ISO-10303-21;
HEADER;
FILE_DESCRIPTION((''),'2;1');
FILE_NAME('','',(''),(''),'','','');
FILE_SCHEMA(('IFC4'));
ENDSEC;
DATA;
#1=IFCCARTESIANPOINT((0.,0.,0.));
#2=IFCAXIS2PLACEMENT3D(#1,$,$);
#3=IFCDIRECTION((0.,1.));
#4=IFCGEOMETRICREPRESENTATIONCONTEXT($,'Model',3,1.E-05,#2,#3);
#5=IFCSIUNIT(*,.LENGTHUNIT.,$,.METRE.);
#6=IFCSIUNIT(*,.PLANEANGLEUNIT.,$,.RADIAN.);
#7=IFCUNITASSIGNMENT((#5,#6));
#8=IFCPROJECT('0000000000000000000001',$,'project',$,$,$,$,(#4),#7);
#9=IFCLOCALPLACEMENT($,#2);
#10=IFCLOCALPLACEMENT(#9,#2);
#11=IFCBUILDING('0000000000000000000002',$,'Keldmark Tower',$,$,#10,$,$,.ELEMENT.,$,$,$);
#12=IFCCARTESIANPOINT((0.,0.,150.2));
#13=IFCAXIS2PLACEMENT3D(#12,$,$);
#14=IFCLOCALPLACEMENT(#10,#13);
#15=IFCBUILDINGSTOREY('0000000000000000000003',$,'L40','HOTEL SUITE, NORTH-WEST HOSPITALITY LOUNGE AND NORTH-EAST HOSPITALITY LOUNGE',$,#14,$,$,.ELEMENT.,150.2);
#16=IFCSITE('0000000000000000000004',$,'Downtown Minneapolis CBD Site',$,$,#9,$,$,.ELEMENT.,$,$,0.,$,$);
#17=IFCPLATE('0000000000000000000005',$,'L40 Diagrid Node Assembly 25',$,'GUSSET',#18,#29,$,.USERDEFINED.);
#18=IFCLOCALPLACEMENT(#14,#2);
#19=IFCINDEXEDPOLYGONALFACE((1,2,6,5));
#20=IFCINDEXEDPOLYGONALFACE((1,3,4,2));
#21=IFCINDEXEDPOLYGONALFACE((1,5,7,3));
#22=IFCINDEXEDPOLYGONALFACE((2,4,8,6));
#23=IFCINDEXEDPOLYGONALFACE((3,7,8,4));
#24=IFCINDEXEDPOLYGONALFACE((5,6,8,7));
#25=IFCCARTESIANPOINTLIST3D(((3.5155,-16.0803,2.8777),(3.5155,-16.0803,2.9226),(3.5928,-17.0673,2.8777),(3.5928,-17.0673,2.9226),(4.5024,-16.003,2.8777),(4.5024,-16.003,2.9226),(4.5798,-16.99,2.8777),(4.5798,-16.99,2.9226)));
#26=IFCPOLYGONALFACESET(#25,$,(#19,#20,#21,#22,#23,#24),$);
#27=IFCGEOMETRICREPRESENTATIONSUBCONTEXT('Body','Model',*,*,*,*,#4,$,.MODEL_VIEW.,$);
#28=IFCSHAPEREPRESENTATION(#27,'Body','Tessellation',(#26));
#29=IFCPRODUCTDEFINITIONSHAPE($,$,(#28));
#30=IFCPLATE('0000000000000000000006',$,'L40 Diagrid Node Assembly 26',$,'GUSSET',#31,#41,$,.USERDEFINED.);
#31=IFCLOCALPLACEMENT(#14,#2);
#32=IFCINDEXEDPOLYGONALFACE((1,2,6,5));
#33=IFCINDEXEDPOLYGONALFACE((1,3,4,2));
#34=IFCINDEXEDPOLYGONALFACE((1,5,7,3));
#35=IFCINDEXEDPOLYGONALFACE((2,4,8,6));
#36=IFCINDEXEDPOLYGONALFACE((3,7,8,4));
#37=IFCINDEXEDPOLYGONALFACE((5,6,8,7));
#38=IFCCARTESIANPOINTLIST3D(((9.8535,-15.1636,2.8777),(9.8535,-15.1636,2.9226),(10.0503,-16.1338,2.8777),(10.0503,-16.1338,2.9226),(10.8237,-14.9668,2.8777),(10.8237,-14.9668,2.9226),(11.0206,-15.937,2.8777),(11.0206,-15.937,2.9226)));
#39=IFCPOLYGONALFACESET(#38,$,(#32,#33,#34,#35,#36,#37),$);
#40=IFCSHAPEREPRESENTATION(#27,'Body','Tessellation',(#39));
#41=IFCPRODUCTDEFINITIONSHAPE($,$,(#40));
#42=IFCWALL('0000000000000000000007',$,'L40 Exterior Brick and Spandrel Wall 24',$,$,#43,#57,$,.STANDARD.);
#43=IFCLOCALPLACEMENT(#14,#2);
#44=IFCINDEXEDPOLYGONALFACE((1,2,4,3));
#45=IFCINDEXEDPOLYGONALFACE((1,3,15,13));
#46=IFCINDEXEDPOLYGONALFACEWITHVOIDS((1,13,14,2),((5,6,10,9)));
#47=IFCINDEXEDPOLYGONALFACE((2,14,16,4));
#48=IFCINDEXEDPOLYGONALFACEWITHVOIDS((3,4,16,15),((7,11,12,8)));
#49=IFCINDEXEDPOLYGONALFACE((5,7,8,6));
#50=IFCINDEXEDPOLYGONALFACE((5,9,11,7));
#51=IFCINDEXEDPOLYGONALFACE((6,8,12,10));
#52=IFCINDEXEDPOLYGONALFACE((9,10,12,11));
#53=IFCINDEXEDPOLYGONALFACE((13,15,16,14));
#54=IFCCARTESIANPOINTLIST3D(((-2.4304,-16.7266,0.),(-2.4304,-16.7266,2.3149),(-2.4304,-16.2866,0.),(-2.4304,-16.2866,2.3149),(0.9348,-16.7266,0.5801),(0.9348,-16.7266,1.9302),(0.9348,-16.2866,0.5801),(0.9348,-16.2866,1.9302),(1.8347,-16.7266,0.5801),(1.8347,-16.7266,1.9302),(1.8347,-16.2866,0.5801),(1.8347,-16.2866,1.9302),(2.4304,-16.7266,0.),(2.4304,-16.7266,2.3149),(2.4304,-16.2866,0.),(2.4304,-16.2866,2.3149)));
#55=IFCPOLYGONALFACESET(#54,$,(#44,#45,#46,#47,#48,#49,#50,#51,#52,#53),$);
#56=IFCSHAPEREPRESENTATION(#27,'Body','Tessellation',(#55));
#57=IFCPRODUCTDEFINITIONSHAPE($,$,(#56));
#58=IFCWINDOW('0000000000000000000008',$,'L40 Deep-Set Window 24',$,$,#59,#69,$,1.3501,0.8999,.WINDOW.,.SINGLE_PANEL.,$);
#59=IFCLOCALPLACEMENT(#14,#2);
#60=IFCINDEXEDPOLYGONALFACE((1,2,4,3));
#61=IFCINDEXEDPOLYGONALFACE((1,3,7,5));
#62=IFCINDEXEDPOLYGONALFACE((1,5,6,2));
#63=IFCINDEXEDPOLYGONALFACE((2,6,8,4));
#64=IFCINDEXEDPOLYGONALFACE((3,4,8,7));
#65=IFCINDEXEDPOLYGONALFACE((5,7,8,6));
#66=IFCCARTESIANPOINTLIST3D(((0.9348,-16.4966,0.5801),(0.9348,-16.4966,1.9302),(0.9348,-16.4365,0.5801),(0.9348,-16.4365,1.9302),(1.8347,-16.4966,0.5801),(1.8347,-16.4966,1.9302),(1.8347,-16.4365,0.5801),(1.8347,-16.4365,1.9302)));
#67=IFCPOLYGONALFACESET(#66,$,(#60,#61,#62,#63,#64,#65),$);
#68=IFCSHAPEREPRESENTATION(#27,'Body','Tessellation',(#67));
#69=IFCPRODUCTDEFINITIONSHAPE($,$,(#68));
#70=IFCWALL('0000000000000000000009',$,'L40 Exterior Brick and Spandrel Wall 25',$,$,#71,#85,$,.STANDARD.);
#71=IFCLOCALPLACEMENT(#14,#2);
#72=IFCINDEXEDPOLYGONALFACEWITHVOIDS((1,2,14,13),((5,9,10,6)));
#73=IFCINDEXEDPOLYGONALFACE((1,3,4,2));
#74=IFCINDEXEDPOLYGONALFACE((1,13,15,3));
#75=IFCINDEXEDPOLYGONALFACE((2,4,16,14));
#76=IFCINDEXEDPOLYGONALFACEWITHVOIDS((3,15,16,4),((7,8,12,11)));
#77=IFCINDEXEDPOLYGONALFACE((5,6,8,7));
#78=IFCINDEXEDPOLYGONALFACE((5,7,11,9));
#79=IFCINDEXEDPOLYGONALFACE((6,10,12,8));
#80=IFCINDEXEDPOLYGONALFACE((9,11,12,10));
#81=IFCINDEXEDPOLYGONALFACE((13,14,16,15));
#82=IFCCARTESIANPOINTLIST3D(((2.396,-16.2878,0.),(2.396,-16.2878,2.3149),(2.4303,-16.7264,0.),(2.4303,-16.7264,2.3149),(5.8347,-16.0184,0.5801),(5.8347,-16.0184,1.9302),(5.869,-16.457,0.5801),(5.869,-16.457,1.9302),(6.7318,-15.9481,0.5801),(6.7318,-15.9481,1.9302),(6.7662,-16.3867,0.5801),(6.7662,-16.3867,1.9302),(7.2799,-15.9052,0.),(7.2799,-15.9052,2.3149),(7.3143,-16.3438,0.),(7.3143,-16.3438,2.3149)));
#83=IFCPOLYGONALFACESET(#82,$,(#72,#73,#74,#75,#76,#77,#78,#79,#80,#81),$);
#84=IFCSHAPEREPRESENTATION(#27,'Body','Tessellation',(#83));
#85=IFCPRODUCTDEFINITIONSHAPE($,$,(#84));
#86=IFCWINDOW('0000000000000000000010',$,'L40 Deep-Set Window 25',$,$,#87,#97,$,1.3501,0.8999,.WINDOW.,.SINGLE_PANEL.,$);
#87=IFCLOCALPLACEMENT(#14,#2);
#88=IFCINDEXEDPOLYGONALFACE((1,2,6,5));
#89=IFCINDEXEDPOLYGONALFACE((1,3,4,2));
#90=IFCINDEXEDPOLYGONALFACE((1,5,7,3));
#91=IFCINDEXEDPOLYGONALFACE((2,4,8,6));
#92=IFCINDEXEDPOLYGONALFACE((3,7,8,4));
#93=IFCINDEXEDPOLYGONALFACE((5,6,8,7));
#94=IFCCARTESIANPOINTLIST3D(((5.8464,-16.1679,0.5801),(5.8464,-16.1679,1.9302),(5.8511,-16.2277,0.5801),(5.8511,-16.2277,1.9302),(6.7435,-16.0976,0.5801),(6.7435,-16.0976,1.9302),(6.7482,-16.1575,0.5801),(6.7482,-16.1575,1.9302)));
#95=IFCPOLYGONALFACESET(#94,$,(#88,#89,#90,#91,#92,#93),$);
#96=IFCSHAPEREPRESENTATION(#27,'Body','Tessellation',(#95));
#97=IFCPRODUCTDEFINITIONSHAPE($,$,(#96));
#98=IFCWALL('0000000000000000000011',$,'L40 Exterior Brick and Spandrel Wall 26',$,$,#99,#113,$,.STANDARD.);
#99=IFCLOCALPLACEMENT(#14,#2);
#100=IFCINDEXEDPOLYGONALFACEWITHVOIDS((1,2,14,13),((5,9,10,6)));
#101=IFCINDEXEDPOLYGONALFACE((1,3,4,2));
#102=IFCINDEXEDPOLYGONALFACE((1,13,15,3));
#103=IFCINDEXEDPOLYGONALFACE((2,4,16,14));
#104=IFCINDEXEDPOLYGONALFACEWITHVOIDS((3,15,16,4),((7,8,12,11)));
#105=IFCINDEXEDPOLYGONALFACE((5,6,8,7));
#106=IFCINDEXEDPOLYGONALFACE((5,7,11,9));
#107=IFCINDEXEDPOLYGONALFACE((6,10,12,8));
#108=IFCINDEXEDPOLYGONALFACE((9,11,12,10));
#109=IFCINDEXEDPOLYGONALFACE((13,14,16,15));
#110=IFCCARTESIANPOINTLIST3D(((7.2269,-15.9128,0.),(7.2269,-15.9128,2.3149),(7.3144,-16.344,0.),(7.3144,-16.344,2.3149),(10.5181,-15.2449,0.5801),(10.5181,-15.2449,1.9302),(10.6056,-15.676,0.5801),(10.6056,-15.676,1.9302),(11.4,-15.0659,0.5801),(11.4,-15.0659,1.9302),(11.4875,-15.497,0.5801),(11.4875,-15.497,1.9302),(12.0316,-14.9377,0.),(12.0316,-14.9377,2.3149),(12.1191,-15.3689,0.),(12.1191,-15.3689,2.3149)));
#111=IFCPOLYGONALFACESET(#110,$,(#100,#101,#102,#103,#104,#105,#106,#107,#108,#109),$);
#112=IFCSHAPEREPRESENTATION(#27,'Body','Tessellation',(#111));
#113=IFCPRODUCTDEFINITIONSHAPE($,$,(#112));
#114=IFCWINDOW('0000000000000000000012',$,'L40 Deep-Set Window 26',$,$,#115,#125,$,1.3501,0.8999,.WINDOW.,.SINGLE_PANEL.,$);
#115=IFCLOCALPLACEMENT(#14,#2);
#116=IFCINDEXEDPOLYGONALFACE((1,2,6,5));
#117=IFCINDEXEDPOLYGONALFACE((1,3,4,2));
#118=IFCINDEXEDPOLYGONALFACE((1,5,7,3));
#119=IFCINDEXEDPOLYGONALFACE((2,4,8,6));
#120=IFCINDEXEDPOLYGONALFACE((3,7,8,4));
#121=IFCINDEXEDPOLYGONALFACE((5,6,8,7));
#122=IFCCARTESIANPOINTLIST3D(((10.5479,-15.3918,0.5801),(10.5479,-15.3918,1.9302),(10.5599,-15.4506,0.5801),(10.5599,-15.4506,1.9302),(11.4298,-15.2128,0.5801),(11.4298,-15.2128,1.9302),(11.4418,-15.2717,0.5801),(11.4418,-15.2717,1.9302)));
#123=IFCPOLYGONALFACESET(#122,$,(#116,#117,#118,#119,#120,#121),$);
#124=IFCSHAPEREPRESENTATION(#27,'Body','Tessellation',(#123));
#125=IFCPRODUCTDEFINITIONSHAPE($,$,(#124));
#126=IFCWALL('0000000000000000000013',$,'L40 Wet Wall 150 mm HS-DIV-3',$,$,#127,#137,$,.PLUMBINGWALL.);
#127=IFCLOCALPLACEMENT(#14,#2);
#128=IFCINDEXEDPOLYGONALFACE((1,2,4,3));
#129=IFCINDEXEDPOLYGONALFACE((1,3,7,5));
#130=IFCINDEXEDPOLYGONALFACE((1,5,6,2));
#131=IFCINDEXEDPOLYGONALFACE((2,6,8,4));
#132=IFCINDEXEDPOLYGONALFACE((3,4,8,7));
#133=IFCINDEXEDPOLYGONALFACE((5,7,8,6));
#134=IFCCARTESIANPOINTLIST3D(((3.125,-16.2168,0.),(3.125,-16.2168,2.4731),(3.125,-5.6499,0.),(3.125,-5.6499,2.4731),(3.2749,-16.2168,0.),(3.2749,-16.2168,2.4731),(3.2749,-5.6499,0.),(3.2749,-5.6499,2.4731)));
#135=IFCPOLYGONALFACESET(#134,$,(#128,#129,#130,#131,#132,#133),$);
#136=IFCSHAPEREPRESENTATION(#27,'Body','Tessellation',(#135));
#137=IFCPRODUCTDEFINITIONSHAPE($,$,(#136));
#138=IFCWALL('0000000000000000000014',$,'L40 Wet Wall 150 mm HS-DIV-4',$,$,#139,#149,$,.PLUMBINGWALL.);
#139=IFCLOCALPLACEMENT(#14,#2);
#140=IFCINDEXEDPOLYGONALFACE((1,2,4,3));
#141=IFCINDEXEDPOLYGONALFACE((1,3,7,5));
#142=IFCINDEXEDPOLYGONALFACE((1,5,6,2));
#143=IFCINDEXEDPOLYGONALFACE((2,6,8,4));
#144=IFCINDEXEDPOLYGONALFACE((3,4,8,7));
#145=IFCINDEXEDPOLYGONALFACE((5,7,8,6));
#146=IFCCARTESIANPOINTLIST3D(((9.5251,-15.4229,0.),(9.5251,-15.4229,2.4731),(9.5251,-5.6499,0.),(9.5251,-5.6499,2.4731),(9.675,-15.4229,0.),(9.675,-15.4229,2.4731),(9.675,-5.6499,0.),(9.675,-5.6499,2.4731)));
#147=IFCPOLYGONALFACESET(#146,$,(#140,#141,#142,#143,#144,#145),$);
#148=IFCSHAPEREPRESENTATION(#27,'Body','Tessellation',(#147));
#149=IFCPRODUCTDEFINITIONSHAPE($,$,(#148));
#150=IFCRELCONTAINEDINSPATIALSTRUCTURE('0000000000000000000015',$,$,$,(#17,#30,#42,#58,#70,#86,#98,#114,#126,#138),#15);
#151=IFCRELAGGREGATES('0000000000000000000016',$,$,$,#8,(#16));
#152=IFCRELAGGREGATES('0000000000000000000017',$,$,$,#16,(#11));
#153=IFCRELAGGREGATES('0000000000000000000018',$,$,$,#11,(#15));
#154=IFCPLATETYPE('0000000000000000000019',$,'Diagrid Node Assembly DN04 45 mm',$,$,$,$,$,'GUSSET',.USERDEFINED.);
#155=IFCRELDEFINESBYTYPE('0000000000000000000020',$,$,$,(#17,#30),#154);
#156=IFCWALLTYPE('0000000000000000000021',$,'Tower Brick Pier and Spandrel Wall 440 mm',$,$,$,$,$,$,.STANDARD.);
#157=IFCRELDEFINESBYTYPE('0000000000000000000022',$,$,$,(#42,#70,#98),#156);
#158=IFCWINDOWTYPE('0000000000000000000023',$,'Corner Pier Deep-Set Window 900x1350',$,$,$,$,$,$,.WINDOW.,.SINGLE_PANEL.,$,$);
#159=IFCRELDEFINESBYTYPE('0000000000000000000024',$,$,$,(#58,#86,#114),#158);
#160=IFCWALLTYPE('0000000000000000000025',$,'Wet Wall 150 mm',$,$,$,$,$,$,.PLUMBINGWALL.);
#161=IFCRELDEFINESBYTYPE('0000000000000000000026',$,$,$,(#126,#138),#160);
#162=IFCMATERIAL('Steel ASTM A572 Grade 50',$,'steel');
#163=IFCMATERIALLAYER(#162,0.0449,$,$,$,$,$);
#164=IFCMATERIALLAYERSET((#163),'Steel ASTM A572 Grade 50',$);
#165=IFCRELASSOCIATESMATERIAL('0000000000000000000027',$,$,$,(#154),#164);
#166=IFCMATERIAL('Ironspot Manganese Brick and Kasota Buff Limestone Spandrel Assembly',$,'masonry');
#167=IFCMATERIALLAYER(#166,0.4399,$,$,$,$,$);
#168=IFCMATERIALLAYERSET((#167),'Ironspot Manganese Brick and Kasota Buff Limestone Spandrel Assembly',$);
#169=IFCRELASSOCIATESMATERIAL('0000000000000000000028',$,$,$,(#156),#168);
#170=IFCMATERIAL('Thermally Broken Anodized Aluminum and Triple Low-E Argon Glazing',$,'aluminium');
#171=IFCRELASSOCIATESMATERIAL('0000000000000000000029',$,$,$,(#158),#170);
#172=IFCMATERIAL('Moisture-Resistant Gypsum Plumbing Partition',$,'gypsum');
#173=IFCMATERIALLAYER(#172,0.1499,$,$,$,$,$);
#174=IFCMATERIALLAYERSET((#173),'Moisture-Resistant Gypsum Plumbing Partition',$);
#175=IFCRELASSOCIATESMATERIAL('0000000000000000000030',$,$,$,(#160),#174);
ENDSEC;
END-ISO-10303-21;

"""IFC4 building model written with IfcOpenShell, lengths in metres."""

from ifc_helpers import new_model, si_unit, direction, frame, frame_2d, origin, origin_2d, place, context, subcontext, project, spatial, rectangle, extrude, material, layer, layer_set, type_object, element, fill, save


model = new_model("IFC4")

# Units and contexts
model_context = context("Model", 3, precision=1e-05, world=origin(), true_north=direction((0.0, 1.0)))
body_context = subcontext(model_context, "Body", "Model", "MODEL_VIEW")
ifc_project = project(units=[si_unit("LENGTHUNIT", "METRE"), si_unit("PLANEANGLEUNIT", "RADIAN")], contexts=[model_context])

# Site, building, storey
site_placement = place(None, origin())
site = spatial("IfcSite", under=ifc_project, at=site_placement, Name="Downtown Minneapolis CBD Site", CompositionType="ELEMENT", RefElevation=0.0)
building_placement = place(site_placement, origin())
building = spatial("IfcBuilding", under=site, at=building_placement, Name="Keldmark Tower", CompositionType="ELEMENT")
storey_placement = place(building_placement, frame((0.0, 0.0, 150.2)))
storey = spatial("IfcBuildingStorey", under=building, at=storey_placement, Name="L40", Description="HOTEL SUITE, NORTH-WEST HOSPITALITY LOUNGE AND NORTH-EAST HOSPITALITY LOUNGE", CompositionType="ELEMENT", Elevation=150.2)

# Plates
ifc_material_1 = material(Name="Steel ASTM A572 Grade 50", Category="steel")
ifc_layer_1 = layer(ifc_material_1, 0.0449)
ifc_layer_set_1 = layer_set([ifc_layer_1], Name="Steel ASTM A572 Grade 50")
plate_type = type_object("IfcPlateType", Name="Diagrid Node Assembly DN04 45 mm", ElementType="GUSSET", PredefinedType="USERDEFINED", material=ifc_layer_set_1)
for number, where, z_axis, x_axis, name in (
    (1, (4.0476, -16.5352, 2.8777), (0.0, 0.0, 1.0), (0.996945, 0.078111, 0.0), "L40 Diagrid Node Assembly 25"),
    (2, (10.437, -15.5503, 2.8777), (0.0, 0.0, 1.0), (0.980029, 0.198855, 0.0), "L40 Diagrid Node Assembly 26"),
):
    element("IfcPlate", number, at=place(storey_placement, frame(where, z_axis=z_axis, x_axis=x_axis)), inside=storey, type_object=plate_type, Name=name, ObjectType="GUSSET", PredefinedType="USERDEFINED", context=body_context, shape_type="SweptSolid", body=[
        extrude(rectangle(XDim=0.99, YDim=0.99, at=origin_2d()), origin(), (0.0, 0.0, 1.0), 0.0449),
    ])

# Walls, openings, windows
ifc_material_2 = material(Name="Ironspot Manganese Brick and Kasota Buff Limestone Spandrel Assembly", Category="masonry")
ifc_layer_2 = layer(ifc_material_2, 0.4399)
ifc_layer_set_2 = layer_set([ifc_layer_2], Name="Ironspot Manganese Brick and Kasota Buff Limestone Spandrel Assembly")
wall_type_1 = type_object("IfcWallType", Name="Tower Brick Pier and Spandrel Wall 440 mm", PredefinedType="STANDARD", material=ifc_layer_set_2)
wall_1_placement = place(storey_placement, frame((2.4304, -16.5066, 0.0), z_axis=(0.0, 0.0, 1.0), x_axis=(-1.0, 0.0, 0.0)))
wall_1 = element("IfcWall", 3, at=wall_1_placement, inside=storey, type_object=wall_type_1, Name="L40 Exterior Brick and Spandrel Wall 24", PredefinedType="STANDARD", context=body_context, shape_type="SweptSolid", body=[
    extrude(rectangle(XDim=4.8608, YDim=0.4399, at=frame_2d((2.4304, 0.0))), origin(), (0.0, 0.0, 1.0), 2.3149),
])
opening_1_placement = place(wall_1_placement, frame((0.5957, 0.0, 0.5801)))
opening_1 = element("IfcOpeningElement", 4, at=opening_1_placement, cuts=wall_1, PredefinedType="OPENING", context=body_context, shape_type="SweptSolid", body=[
    extrude(rectangle(XDim=0.8999, YDim=1.3501, at=frame_2d((0.45, 0.675))), frame((0.0, 0.23, 0.0), z_axis=(0.0, -1.0, 0.0), x_axis=(1.0, 0.0, 0.0)), (0.0, 0.0, 1.0), 0.46),
])
ifc_material_3 = material(Name="Thermally Broken Anodized Aluminum and Triple Low-E Argon Glazing", Category="aluminium")
window_type = type_object("IfcWindowType", Name="Corner Pier Deep-Set Window 900x1350", PartitioningType="SINGLE_PANEL", PredefinedType="WINDOW", material=ifc_material_3)
window_1_placement = place(opening_1_placement, origin())
window_1 = element("IfcWindow", 5, at=window_1_placement, inside=storey, type_object=window_type, Name="L40 Deep-Set Window 24", OverallHeight=1.3501, OverallWidth=0.8999, PartitioningType="SINGLE_PANEL", PredefinedType="WINDOW", context=body_context, shape_type="SweptSolid", body=[
    extrude(rectangle(XDim=0.8999, YDim=1.3501, at=frame_2d((0.45, 0.675))), frame((0.0, -0.01, 0.0), z_axis=(0.0, -1.0, 0.0), x_axis=(1.0, 0.0, 0.0)), (0.0, 0.0, 1.0), 0.0601),
])
fill(opening_1, window_1)
wall_2_placement = place(storey_placement, frame((7.2971, -16.1245, 0.0), z_axis=(0.0, 0.0, 1.0), x_axis=(-0.996946, -0.078091, 0.0)))
wall_2 = element("IfcWall", 6, at=wall_2_placement, inside=storey, type_object=wall_type_1, Name="L40 Exterior Brick and Spandrel Wall 25", PredefinedType="STANDARD", context=body_context, shape_type="SweptSolid", body=[
    extrude(rectangle(XDim=4.8989, YDim=0.4399, at=frame_2d((2.4495, 0.0))), origin(), (0.0, 0.0, 1.0), 2.3149),
])
opening_2_placement = place(wall_2_placement, frame((0.5498, 0.0, 0.5801)))
opening_2 = element("IfcOpeningElement", 7, at=opening_2_placement, cuts=wall_2, PredefinedType="OPENING", context=body_context, shape_type="SweptSolid", body=[
    extrude(rectangle(XDim=0.8999, YDim=1.3501, at=frame_2d((0.45, 0.675))), frame((0.0, 0.23, 0.0), z_axis=(0.0, -1.0, 0.0), x_axis=(1.0, 0.0, 0.0)), (0.0, 0.0, 1.0), 0.46),
])
window_2_placement = place(opening_2_placement, origin())
window_2 = element("IfcWindow", 8, at=window_2_placement, inside=storey, type_object=window_type, Name="L40 Deep-Set Window 25", OverallHeight=1.3501, OverallWidth=0.8999, PartitioningType="SINGLE_PANEL", PredefinedType="WINDOW", context=body_context, shape_type="SweptSolid", body=[
    extrude(rectangle(XDim=0.8999, YDim=1.3501, at=frame_2d((0.45, 0.675))), frame((0.0, -0.01, 0.0), z_axis=(0.0, -1.0, 0.0), x_axis=(1.0, 0.0, 0.0)), (0.0, 0.0, 1.0), 0.0601),
])
fill(opening_2, window_2)
wall_3_placement = place(storey_placement, frame((12.0752, -15.1533, 0.0), z_axis=(0.0, 0.0, 1.0), x_axis=(-0.980021, -0.198893, 0.0)))
wall_3 = element("IfcWall", 9, at=wall_3_placement, inside=storey, type_object=wall_type_1, Name="L40 Exterior Brick and Spandrel Wall 26", PredefinedType="STANDARD", context=body_context, shape_type="SweptSolid", body=[
    extrude(rectangle(XDim=4.9026, YDim=0.4399, at=frame_2d((2.4512, 0.0))), origin(), (0.0, 0.0, 1.0), 2.3149),
])
opening_3_placement = place(wall_3_placement, frame((0.6443, 0.0, 0.5801)))
opening_3 = element("IfcOpeningElement", 10, at=opening_3_placement, cuts=wall_3, PredefinedType="OPENING", context=body_context, shape_type="SweptSolid", body=[
    extrude(rectangle(XDim=0.8999, YDim=1.3501, at=frame_2d((0.45, 0.675))), frame((0.0, 0.23, 0.0), z_axis=(0.0, -1.0, 0.0), x_axis=(1.0, 0.0, 0.0)), (0.0, 0.0, 1.0), 0.46),
])
window_3_placement = place(opening_3_placement, origin())
window_3 = element("IfcWindow", 11, at=window_3_placement, inside=storey, type_object=window_type, Name="L40 Deep-Set Window 26", OverallHeight=1.3501, OverallWidth=0.8999, PartitioningType="SINGLE_PANEL", PredefinedType="WINDOW", context=body_context, shape_type="SweptSolid", body=[
    extrude(rectangle(XDim=0.8999, YDim=1.3501, at=frame_2d((0.45, 0.675))), frame((0.0, -0.01, 0.0), z_axis=(0.0, -1.0, 0.0), x_axis=(1.0, 0.0, 0.0)), (0.0, 0.0, 1.0), 0.0601),
])
fill(opening_3, window_3)

# Walls
ifc_material_4 = material(Name="Moisture-Resistant Gypsum Plumbing Partition", Category="gypsum")
ifc_layer_3 = layer(ifc_material_4, 0.1499)
ifc_layer_set_3 = layer_set([ifc_layer_3], Name="Moisture-Resistant Gypsum Plumbing Partition")
wall_type_2 = type_object("IfcWallType", Name="Wet Wall 150 mm", PredefinedType="PLUMBINGWALL", material=ifc_layer_set_3)
wall_4_placement = place(storey_placement, frame((3.2, -16.2168, 0.0), z_axis=(0.0, 0.0, 1.0), x_axis=(0.0, 1.0, 0.0)))
element("IfcWall", 12, at=wall_4_placement, inside=storey, type_object=wall_type_2, Name="L40 Wet Wall 150 mm HS-DIV-3", PredefinedType="PLUMBINGWALL", context=body_context, shape_type="SweptSolid", body=[
    extrude(rectangle(XDim=10.5669, YDim=0.1499, at=frame_2d((5.2834, 0.0))), origin(), (0.0, 0.0, 1.0), 2.4731),
])
wall_5_placement = place(storey_placement, frame((9.6001, -15.4229, 0.0), z_axis=(0.0, 0.0, 1.0), x_axis=(0.0, 1.0, 0.0)))
element("IfcWall", 13, at=wall_5_placement, inside=storey, type_object=wall_type_2, Name="L40 Wet Wall 150 mm HS-DIV-4", PredefinedType="PLUMBINGWALL", context=body_context, shape_type="SweptSolid", body=[
    extrude(rectangle(XDim=9.7729, YDim=0.1499, at=frame_2d((4.8865, 0.0))), origin(), (0.0, 0.0, 1.0), 2.4731),
])

save(model, "model.ifc")
